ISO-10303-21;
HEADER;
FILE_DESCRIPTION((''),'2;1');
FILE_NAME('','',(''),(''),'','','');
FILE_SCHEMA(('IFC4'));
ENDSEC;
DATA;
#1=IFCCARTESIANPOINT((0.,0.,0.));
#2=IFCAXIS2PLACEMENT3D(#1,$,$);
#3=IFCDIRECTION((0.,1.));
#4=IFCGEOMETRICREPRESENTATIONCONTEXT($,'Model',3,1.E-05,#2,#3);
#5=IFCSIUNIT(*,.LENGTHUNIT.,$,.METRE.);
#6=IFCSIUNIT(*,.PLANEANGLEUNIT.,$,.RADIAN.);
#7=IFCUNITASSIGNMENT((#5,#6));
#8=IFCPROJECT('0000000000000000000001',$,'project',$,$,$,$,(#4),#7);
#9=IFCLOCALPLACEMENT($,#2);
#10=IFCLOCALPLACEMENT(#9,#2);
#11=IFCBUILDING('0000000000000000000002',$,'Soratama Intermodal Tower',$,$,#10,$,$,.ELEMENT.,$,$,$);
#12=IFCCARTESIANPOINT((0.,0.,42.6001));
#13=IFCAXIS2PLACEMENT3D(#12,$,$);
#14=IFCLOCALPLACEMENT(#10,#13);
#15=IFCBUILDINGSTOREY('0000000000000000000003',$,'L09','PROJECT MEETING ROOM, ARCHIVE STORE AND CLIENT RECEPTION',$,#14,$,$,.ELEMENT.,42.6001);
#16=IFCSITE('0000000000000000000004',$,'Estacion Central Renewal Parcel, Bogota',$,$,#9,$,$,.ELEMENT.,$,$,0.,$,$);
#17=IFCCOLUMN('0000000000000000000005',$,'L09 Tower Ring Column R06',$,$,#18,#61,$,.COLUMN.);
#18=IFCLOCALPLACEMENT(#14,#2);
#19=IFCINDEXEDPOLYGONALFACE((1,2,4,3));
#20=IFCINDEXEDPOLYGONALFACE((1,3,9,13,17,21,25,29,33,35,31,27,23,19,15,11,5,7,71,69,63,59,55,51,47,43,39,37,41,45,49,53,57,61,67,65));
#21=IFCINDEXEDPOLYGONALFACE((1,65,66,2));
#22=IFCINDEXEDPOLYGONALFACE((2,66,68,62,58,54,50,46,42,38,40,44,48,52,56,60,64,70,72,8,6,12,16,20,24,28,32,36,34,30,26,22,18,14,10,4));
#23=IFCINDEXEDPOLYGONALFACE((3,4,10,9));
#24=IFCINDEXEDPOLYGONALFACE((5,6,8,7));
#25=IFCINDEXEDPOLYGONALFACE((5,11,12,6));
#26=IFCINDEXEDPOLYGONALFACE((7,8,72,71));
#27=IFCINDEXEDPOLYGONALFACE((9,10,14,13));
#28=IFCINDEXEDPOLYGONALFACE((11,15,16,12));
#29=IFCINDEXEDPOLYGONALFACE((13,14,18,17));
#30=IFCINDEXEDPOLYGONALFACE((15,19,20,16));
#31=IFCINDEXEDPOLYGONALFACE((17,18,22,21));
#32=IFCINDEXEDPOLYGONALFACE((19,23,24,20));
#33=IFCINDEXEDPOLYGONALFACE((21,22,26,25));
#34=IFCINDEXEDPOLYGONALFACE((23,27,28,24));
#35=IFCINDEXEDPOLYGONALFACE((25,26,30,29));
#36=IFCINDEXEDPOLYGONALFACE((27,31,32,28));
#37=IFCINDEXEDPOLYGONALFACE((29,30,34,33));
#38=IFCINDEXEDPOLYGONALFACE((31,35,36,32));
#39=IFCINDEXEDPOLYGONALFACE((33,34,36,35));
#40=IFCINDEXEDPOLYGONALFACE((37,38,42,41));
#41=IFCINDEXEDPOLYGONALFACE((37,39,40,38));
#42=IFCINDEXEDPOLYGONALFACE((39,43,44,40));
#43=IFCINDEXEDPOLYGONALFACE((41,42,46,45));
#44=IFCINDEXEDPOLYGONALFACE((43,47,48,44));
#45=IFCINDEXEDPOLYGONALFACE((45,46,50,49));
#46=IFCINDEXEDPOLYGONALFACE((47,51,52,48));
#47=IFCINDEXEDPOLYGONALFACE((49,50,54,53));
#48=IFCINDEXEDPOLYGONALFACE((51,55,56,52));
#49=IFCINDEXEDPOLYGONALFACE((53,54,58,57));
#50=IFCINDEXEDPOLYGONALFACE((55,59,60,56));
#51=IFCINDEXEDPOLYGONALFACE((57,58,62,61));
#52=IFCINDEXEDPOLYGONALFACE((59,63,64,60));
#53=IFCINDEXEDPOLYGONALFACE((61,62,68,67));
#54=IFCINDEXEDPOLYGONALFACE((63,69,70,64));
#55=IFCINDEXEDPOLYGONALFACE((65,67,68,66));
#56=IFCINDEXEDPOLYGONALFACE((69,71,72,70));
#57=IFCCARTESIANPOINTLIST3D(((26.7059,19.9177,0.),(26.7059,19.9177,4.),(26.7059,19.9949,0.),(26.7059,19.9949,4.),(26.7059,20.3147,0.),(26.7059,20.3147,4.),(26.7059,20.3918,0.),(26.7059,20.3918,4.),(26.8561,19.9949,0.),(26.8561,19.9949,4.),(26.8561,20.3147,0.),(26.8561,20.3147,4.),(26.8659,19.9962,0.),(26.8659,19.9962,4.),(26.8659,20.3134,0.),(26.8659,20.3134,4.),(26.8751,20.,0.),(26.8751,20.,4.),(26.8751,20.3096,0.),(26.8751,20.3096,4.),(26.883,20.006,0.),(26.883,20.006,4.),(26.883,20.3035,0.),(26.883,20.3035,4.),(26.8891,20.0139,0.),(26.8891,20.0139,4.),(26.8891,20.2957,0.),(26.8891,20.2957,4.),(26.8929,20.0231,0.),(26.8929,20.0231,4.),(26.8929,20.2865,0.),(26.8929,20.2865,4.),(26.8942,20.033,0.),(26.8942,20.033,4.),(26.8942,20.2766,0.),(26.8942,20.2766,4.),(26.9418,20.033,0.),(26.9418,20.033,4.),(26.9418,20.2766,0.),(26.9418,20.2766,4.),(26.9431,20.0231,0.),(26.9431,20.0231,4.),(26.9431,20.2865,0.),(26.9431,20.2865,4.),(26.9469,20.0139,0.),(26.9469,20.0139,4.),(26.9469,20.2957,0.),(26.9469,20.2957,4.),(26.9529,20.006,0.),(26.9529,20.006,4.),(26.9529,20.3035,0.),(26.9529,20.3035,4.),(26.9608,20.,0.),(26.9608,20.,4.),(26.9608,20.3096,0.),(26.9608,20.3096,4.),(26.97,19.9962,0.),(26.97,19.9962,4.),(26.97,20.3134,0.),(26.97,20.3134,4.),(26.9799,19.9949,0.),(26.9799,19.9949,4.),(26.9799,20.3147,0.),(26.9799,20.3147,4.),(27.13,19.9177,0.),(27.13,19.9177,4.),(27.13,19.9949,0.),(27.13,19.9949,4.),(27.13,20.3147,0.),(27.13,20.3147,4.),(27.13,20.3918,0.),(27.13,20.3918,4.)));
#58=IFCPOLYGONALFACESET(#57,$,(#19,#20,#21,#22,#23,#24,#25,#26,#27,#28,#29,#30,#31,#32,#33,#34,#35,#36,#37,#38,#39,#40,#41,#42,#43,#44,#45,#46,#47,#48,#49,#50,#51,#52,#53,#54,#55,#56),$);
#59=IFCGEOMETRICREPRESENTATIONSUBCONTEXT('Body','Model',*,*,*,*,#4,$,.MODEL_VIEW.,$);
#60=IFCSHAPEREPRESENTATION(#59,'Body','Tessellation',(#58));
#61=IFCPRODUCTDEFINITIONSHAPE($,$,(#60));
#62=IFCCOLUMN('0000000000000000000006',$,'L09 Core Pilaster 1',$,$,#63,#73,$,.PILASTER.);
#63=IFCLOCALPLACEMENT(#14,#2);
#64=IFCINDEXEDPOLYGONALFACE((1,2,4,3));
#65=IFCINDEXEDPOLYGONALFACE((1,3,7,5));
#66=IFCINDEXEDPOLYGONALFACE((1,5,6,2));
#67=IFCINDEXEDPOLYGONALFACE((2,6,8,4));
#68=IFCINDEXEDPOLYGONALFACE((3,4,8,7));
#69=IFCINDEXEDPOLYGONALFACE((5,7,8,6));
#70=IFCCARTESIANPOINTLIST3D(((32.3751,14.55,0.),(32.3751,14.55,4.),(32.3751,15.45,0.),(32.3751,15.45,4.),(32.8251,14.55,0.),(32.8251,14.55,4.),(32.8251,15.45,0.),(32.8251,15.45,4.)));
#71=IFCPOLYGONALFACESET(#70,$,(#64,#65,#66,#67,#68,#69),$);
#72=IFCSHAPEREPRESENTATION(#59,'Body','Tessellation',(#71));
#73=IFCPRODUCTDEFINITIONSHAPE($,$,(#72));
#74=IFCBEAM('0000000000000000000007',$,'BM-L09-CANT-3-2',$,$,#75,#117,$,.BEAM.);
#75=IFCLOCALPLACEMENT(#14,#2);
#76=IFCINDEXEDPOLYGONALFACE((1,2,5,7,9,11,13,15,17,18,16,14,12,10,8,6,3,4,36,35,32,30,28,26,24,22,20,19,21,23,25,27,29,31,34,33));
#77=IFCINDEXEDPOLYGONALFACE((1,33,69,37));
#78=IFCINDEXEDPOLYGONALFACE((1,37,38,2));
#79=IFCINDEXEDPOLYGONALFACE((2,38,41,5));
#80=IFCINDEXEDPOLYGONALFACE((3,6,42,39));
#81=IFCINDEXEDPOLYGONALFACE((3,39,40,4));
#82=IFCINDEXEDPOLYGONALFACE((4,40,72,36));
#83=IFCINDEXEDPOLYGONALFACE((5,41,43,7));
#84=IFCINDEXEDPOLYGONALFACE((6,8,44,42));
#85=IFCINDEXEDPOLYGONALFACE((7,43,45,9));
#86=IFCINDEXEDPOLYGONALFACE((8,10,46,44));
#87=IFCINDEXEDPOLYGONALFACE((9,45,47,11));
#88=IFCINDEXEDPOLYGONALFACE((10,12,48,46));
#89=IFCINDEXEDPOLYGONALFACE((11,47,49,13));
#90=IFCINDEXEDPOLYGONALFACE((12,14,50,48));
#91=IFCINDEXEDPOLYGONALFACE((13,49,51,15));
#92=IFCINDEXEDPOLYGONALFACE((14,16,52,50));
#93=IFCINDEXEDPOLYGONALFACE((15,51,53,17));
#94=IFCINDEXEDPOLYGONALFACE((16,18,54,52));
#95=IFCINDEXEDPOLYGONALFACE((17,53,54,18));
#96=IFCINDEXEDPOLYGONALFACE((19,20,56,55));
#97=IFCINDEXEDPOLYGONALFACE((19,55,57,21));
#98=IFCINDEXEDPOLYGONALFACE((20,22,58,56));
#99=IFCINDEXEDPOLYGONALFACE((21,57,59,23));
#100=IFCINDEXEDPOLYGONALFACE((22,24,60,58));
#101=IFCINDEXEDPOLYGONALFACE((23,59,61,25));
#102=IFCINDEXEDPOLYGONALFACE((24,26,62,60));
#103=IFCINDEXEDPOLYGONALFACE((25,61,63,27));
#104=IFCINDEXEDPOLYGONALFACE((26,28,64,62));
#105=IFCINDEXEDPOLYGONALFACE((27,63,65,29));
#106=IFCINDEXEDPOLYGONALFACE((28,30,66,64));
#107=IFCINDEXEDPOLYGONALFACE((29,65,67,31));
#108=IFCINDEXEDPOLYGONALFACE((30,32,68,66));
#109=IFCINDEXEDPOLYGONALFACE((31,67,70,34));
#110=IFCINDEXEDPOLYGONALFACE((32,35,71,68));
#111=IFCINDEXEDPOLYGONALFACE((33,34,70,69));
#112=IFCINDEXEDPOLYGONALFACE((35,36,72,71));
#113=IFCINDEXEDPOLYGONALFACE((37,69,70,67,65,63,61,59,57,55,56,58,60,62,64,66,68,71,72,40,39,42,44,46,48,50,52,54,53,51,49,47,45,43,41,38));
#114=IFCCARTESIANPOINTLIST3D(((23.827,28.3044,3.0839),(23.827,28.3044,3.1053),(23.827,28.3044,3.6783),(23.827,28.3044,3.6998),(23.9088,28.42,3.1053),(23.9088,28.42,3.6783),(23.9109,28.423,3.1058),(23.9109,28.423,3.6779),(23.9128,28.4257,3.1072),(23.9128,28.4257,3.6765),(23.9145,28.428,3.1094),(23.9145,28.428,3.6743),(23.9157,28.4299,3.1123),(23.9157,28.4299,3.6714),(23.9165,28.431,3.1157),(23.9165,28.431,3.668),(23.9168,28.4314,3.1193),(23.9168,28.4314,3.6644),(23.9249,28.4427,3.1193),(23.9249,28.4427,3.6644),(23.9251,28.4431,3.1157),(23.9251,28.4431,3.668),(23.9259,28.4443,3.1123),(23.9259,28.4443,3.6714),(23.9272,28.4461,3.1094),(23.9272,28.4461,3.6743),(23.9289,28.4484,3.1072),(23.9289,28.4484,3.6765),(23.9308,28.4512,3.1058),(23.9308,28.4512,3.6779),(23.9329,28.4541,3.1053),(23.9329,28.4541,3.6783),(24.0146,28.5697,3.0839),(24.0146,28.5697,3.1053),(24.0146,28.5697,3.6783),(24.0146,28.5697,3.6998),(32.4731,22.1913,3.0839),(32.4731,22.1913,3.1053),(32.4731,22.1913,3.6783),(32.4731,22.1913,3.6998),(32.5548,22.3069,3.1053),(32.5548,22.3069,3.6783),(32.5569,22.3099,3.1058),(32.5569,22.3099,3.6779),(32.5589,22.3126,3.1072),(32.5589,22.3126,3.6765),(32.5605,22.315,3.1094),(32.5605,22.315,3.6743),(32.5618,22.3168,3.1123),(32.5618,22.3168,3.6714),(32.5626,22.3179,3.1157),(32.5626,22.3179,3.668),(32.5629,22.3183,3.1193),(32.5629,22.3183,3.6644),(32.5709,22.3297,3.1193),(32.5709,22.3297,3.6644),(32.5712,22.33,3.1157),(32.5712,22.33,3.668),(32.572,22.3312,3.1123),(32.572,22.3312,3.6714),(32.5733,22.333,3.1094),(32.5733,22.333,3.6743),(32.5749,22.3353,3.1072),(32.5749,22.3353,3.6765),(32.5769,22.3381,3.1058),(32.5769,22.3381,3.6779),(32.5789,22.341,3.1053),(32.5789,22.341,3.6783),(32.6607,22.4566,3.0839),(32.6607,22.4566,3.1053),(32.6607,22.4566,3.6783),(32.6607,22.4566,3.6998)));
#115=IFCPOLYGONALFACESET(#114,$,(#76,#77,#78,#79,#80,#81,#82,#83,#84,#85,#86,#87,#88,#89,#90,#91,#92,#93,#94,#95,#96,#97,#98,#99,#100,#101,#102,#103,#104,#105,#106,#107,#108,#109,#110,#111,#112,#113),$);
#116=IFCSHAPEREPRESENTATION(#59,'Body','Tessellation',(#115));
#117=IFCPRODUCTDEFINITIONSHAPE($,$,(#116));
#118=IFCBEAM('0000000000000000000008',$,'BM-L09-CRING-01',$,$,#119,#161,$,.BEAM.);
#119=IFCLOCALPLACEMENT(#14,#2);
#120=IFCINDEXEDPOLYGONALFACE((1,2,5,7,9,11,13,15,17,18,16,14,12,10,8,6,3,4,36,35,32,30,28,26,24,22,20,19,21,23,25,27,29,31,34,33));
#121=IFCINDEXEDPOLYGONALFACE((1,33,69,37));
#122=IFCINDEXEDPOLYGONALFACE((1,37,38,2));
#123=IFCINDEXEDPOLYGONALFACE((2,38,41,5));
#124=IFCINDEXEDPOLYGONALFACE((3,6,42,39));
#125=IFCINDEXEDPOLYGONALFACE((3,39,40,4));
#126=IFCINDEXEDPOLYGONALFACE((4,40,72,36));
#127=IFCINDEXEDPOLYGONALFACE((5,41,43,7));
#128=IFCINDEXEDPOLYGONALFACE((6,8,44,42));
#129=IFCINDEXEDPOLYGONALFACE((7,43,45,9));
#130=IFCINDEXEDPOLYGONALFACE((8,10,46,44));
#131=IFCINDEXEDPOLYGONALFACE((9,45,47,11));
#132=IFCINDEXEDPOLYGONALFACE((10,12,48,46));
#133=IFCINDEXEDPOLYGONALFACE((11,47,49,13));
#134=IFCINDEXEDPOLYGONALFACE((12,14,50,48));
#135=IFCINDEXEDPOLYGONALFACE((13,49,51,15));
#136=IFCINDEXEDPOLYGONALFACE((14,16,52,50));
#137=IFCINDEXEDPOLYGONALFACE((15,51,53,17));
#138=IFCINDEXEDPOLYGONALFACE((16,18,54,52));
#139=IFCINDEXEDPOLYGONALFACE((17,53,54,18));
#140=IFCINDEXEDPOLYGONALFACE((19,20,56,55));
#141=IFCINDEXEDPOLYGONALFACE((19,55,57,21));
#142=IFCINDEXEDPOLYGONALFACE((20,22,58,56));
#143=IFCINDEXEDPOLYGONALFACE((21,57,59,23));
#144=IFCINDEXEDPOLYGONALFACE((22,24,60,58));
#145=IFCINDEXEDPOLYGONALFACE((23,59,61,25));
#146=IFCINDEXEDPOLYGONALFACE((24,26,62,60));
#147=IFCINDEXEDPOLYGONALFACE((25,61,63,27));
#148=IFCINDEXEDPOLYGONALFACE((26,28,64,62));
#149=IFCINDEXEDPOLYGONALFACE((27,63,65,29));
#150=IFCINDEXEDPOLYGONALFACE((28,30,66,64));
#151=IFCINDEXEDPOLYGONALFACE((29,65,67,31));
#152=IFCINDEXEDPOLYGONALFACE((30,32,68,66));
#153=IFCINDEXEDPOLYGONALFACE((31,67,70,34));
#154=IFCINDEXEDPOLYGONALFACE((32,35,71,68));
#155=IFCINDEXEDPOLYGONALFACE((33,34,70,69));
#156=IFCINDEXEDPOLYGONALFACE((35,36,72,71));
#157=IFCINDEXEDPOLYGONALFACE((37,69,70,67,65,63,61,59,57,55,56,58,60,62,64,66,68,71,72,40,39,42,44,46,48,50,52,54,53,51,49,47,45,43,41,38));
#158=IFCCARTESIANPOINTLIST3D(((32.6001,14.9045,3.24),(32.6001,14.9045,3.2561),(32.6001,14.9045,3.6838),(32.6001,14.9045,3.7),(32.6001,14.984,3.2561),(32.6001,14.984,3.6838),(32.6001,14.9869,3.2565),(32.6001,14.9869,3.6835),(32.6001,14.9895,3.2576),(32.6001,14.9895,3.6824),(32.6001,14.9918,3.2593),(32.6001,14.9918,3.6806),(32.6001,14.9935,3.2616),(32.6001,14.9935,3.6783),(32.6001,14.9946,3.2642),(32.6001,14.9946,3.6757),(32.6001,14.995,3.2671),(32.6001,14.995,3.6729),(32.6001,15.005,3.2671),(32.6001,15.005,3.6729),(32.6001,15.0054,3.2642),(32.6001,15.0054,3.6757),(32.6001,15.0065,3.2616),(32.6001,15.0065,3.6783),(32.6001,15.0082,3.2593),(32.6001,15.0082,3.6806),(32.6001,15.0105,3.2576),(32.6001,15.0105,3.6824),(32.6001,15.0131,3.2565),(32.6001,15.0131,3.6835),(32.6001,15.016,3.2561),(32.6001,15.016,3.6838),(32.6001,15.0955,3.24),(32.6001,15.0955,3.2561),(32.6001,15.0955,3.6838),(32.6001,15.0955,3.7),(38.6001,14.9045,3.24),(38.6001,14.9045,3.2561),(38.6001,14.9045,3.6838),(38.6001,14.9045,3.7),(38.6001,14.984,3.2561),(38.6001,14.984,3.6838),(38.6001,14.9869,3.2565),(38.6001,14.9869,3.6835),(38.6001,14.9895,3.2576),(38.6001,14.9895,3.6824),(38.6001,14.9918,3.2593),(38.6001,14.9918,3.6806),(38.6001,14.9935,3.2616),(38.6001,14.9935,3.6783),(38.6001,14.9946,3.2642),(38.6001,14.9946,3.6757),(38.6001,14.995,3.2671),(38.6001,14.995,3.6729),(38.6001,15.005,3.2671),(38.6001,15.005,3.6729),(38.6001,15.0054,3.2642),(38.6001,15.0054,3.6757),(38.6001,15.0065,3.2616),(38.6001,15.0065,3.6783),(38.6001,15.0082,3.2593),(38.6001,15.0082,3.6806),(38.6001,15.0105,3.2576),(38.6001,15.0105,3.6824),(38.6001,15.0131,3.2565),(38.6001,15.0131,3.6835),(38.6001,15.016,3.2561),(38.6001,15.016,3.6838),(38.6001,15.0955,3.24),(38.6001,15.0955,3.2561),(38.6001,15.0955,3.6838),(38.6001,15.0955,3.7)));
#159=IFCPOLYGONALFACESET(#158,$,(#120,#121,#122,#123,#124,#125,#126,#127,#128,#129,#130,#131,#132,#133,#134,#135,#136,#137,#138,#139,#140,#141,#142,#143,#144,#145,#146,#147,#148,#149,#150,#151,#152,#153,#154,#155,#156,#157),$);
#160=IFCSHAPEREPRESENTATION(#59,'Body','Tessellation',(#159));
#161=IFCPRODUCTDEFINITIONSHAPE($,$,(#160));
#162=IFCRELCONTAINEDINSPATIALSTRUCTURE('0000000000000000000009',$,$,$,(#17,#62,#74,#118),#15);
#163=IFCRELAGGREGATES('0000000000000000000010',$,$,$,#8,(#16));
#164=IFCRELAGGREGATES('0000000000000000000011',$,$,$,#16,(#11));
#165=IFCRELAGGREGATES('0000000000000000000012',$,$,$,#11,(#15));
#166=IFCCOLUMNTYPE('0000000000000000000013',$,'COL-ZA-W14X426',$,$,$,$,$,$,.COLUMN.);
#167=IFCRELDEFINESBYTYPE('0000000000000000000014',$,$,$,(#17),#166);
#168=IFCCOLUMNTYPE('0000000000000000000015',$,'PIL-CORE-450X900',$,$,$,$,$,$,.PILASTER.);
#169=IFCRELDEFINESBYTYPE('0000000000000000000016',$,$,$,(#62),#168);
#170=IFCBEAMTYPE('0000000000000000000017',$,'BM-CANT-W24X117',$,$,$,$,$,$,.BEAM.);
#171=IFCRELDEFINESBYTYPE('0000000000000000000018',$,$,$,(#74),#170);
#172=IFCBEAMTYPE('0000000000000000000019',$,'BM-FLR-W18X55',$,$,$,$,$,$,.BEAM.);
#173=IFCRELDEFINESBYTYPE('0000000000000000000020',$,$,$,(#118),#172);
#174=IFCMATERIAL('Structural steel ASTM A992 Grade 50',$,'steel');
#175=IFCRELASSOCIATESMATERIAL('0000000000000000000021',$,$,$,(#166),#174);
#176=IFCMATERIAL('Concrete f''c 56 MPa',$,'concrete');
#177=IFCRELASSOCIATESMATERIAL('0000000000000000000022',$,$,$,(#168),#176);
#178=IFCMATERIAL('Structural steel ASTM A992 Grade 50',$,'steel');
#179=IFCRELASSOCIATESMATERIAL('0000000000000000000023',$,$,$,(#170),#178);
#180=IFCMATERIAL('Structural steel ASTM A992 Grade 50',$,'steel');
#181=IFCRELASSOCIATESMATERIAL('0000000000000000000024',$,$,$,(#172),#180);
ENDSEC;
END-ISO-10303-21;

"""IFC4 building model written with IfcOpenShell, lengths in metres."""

from ifc_helpers import new_model, si_unit, direction, frame, origin, origin_2d, place, context, subcontext, project, spatial, rectangle, i_section, extrude, material, material_profile, profile_set, type_object, element, save


model = new_model("IFC4")

# Units and contexts
model_context = context("Model", 3, precision=1e-05, world=origin(), true_north=direction((0.0, 1.0)))
body_context = subcontext(model_context, "Body", "Model", "MODEL_VIEW")
ifc_project = project(units=[si_unit("LENGTHUNIT", "METRE"), si_unit("PLANEANGLEUNIT", "RADIAN")], contexts=[model_context])

# Site, building, storey
site_placement = place(None, origin())
site = spatial("IfcSite", under=ifc_project, at=site_placement, Name="Estacion Central Renewal Parcel, Bogota", CompositionType="ELEMENT", RefElevation=0.0)
building_placement = place(site_placement, origin())
building = spatial("IfcBuilding", under=site, at=building_placement, Name="Soratama Intermodal Tower", CompositionType="ELEMENT")
storey_placement = place(building_placement, frame((0.0, 0.0, 42.6001)))
storey = spatial("IfcBuildingStorey", under=building, at=storey_placement, Name="L09", Description="PROJECT MEETING ROOM, ARCHIVE STORE AND CLIENT RECEPTION", CompositionType="ELEMENT", Elevation=42.6001)

# Columns
ifc_material_1 = material(Name="Structural steel ASTM A992 Grade 50", Category="steel")
ifc_material_profile_1 = material_profile(ifc_material_1, i_section(OverallWidth=0.4241, OverallDepth=0.4741, WebThickness=0.0476, FlangeThickness=0.0771, FilletRadius=0.0381, at=origin_2d()), Name="W14X426")
ifc_profile_set_1 = profile_set([ifc_material_profile_1], Name="Structural steel ASTM A992 Grade 50")
column_type_1 = type_object("IfcColumnType", Name="COL-ZA-W14X426", PredefinedType="COLUMN", material=ifc_profile_set_1)
column_1_placement = place(storey_placement, frame((26.918, 20.1548, 0.0), z_axis=(0.0, 0.0, 1.0), x_axis=(1.0, 0.0, 0.0)))
element("IfcColumn", 1, at=column_1_placement, inside=storey, type_object=column_type_1, Name="L09 Tower Ring Column R06", PredefinedType="COLUMN", context=body_context, shape_type="SweptSolid", body=[
    extrude(i_section(OverallWidth=0.4241, OverallDepth=0.4741, WebThickness=0.0476, FlangeThickness=0.0771, FilletRadius=0.0381, at=origin_2d()), origin(), (0.0, 0.0, 1.0), 4.0),
])
ifc_material_2 = material(Name="Concrete f'c 56 MPa", Category="concrete")
ifc_material_profile_2 = material_profile(ifc_material_2, rectangle(XDim=0.45, YDim=0.8999, at=origin_2d()), Name="RC450X900")
ifc_profile_set_2 = profile_set([ifc_material_profile_2], Name="Concrete f'c 56 MPa")
column_type_2 = type_object("IfcColumnType", Name="PIL-CORE-450X900", PredefinedType="PILASTER", material=ifc_profile_set_2)
column_2_placement = place(storey_placement, frame((32.6001, 15.0, 0.0), z_axis=(0.0, 0.0, 1.0), x_axis=(1.0, 0.0, 0.0)))
element("IfcColumn", 2, at=column_2_placement, inside=storey, type_object=column_type_2, Name="L09 Core Pilaster 1", PredefinedType="PILASTER", context=body_context, shape_type="SweptSolid", body=[
    extrude(rectangle(XDim=0.45, YDim=0.8999, at=origin_2d()), origin(), (0.0, 0.0, 1.0), 4.0),
])

# Beams
ifc_material_3 = material(Name="Structural steel ASTM A992 Grade 50", Category="steel")
ifc_material_profile_3 = material_profile(ifc_material_3, i_section(OverallWidth=0.325, OverallDepth=0.616, WebThickness=0.0139, FlangeThickness=0.0215, FilletRadius=0.0139, at=origin_2d()), Name="W24X117")
ifc_profile_set_3 = profile_set([ifc_material_profile_3], Name="Structural steel ASTM A992 Grade 50")
beam_type_1 = type_object("IfcBeamType", Name="BM-CANT-W24X117", PredefinedType="BEAM", material=ifc_profile_set_3)
beam_1_placement = place(storey_placement, frame((32.5669, 22.324, 3.3918), z_axis=(-0.816524, 0.577312, 0.0), x_axis=(-0.577312, -0.816524, 0.0)))
element("IfcBeam", 3, at=beam_1_placement, inside=storey, type_object=beam_type_1, Name="BM-L09-CANT-3-2", PredefinedType="BEAM", context=body_context, shape_type="SweptSolid", body=[
    extrude(i_section(OverallWidth=0.325, OverallDepth=0.616, WebThickness=0.0139, FlangeThickness=0.0215, FilletRadius=0.0139, at=origin_2d()), origin(), (0.0, 0.0, 1.0), 10.5889),
])
ifc_material_4 = material(Name="Structural steel ASTM A992 Grade 50", Category="steel")
ifc_material_profile_4 = material_profile(ifc_material_4, i_section(OverallWidth=0.1909, OverallDepth=0.46, WebThickness=0.01, FlangeThickness=0.0161, FilletRadius=0.011, at=origin_2d()), Name="W18X55")
ifc_profile_set_4 = profile_set([ifc_material_profile_4], Name="Structural steel ASTM A992 Grade 50")
beam_type_2 = type_object("IfcBeamType", Name="BM-FLR-W18X55", PredefinedType="BEAM", material=ifc_profile_set_4)
beam_2_placement = place(storey_placement, frame((32.6001, 15.0, 3.47), z_axis=(1.0, 0.0, 0.0), x_axis=(0.0, 1.0, 0.0)))
element("IfcBeam", 4, at=beam_2_placement, inside=storey, type_object=beam_type_2, Name="BM-L09-CRING-01", PredefinedType="BEAM", context=body_context, shape_type="SweptSolid", body=[
    extrude(i_section(OverallWidth=0.1909, OverallDepth=0.46, WebThickness=0.01, FlangeThickness=0.0161, FilletRadius=0.011, at=origin_2d()), origin(), (0.0, 0.0, 1.0), 6.0),
])

save(model, "model.ifc")
